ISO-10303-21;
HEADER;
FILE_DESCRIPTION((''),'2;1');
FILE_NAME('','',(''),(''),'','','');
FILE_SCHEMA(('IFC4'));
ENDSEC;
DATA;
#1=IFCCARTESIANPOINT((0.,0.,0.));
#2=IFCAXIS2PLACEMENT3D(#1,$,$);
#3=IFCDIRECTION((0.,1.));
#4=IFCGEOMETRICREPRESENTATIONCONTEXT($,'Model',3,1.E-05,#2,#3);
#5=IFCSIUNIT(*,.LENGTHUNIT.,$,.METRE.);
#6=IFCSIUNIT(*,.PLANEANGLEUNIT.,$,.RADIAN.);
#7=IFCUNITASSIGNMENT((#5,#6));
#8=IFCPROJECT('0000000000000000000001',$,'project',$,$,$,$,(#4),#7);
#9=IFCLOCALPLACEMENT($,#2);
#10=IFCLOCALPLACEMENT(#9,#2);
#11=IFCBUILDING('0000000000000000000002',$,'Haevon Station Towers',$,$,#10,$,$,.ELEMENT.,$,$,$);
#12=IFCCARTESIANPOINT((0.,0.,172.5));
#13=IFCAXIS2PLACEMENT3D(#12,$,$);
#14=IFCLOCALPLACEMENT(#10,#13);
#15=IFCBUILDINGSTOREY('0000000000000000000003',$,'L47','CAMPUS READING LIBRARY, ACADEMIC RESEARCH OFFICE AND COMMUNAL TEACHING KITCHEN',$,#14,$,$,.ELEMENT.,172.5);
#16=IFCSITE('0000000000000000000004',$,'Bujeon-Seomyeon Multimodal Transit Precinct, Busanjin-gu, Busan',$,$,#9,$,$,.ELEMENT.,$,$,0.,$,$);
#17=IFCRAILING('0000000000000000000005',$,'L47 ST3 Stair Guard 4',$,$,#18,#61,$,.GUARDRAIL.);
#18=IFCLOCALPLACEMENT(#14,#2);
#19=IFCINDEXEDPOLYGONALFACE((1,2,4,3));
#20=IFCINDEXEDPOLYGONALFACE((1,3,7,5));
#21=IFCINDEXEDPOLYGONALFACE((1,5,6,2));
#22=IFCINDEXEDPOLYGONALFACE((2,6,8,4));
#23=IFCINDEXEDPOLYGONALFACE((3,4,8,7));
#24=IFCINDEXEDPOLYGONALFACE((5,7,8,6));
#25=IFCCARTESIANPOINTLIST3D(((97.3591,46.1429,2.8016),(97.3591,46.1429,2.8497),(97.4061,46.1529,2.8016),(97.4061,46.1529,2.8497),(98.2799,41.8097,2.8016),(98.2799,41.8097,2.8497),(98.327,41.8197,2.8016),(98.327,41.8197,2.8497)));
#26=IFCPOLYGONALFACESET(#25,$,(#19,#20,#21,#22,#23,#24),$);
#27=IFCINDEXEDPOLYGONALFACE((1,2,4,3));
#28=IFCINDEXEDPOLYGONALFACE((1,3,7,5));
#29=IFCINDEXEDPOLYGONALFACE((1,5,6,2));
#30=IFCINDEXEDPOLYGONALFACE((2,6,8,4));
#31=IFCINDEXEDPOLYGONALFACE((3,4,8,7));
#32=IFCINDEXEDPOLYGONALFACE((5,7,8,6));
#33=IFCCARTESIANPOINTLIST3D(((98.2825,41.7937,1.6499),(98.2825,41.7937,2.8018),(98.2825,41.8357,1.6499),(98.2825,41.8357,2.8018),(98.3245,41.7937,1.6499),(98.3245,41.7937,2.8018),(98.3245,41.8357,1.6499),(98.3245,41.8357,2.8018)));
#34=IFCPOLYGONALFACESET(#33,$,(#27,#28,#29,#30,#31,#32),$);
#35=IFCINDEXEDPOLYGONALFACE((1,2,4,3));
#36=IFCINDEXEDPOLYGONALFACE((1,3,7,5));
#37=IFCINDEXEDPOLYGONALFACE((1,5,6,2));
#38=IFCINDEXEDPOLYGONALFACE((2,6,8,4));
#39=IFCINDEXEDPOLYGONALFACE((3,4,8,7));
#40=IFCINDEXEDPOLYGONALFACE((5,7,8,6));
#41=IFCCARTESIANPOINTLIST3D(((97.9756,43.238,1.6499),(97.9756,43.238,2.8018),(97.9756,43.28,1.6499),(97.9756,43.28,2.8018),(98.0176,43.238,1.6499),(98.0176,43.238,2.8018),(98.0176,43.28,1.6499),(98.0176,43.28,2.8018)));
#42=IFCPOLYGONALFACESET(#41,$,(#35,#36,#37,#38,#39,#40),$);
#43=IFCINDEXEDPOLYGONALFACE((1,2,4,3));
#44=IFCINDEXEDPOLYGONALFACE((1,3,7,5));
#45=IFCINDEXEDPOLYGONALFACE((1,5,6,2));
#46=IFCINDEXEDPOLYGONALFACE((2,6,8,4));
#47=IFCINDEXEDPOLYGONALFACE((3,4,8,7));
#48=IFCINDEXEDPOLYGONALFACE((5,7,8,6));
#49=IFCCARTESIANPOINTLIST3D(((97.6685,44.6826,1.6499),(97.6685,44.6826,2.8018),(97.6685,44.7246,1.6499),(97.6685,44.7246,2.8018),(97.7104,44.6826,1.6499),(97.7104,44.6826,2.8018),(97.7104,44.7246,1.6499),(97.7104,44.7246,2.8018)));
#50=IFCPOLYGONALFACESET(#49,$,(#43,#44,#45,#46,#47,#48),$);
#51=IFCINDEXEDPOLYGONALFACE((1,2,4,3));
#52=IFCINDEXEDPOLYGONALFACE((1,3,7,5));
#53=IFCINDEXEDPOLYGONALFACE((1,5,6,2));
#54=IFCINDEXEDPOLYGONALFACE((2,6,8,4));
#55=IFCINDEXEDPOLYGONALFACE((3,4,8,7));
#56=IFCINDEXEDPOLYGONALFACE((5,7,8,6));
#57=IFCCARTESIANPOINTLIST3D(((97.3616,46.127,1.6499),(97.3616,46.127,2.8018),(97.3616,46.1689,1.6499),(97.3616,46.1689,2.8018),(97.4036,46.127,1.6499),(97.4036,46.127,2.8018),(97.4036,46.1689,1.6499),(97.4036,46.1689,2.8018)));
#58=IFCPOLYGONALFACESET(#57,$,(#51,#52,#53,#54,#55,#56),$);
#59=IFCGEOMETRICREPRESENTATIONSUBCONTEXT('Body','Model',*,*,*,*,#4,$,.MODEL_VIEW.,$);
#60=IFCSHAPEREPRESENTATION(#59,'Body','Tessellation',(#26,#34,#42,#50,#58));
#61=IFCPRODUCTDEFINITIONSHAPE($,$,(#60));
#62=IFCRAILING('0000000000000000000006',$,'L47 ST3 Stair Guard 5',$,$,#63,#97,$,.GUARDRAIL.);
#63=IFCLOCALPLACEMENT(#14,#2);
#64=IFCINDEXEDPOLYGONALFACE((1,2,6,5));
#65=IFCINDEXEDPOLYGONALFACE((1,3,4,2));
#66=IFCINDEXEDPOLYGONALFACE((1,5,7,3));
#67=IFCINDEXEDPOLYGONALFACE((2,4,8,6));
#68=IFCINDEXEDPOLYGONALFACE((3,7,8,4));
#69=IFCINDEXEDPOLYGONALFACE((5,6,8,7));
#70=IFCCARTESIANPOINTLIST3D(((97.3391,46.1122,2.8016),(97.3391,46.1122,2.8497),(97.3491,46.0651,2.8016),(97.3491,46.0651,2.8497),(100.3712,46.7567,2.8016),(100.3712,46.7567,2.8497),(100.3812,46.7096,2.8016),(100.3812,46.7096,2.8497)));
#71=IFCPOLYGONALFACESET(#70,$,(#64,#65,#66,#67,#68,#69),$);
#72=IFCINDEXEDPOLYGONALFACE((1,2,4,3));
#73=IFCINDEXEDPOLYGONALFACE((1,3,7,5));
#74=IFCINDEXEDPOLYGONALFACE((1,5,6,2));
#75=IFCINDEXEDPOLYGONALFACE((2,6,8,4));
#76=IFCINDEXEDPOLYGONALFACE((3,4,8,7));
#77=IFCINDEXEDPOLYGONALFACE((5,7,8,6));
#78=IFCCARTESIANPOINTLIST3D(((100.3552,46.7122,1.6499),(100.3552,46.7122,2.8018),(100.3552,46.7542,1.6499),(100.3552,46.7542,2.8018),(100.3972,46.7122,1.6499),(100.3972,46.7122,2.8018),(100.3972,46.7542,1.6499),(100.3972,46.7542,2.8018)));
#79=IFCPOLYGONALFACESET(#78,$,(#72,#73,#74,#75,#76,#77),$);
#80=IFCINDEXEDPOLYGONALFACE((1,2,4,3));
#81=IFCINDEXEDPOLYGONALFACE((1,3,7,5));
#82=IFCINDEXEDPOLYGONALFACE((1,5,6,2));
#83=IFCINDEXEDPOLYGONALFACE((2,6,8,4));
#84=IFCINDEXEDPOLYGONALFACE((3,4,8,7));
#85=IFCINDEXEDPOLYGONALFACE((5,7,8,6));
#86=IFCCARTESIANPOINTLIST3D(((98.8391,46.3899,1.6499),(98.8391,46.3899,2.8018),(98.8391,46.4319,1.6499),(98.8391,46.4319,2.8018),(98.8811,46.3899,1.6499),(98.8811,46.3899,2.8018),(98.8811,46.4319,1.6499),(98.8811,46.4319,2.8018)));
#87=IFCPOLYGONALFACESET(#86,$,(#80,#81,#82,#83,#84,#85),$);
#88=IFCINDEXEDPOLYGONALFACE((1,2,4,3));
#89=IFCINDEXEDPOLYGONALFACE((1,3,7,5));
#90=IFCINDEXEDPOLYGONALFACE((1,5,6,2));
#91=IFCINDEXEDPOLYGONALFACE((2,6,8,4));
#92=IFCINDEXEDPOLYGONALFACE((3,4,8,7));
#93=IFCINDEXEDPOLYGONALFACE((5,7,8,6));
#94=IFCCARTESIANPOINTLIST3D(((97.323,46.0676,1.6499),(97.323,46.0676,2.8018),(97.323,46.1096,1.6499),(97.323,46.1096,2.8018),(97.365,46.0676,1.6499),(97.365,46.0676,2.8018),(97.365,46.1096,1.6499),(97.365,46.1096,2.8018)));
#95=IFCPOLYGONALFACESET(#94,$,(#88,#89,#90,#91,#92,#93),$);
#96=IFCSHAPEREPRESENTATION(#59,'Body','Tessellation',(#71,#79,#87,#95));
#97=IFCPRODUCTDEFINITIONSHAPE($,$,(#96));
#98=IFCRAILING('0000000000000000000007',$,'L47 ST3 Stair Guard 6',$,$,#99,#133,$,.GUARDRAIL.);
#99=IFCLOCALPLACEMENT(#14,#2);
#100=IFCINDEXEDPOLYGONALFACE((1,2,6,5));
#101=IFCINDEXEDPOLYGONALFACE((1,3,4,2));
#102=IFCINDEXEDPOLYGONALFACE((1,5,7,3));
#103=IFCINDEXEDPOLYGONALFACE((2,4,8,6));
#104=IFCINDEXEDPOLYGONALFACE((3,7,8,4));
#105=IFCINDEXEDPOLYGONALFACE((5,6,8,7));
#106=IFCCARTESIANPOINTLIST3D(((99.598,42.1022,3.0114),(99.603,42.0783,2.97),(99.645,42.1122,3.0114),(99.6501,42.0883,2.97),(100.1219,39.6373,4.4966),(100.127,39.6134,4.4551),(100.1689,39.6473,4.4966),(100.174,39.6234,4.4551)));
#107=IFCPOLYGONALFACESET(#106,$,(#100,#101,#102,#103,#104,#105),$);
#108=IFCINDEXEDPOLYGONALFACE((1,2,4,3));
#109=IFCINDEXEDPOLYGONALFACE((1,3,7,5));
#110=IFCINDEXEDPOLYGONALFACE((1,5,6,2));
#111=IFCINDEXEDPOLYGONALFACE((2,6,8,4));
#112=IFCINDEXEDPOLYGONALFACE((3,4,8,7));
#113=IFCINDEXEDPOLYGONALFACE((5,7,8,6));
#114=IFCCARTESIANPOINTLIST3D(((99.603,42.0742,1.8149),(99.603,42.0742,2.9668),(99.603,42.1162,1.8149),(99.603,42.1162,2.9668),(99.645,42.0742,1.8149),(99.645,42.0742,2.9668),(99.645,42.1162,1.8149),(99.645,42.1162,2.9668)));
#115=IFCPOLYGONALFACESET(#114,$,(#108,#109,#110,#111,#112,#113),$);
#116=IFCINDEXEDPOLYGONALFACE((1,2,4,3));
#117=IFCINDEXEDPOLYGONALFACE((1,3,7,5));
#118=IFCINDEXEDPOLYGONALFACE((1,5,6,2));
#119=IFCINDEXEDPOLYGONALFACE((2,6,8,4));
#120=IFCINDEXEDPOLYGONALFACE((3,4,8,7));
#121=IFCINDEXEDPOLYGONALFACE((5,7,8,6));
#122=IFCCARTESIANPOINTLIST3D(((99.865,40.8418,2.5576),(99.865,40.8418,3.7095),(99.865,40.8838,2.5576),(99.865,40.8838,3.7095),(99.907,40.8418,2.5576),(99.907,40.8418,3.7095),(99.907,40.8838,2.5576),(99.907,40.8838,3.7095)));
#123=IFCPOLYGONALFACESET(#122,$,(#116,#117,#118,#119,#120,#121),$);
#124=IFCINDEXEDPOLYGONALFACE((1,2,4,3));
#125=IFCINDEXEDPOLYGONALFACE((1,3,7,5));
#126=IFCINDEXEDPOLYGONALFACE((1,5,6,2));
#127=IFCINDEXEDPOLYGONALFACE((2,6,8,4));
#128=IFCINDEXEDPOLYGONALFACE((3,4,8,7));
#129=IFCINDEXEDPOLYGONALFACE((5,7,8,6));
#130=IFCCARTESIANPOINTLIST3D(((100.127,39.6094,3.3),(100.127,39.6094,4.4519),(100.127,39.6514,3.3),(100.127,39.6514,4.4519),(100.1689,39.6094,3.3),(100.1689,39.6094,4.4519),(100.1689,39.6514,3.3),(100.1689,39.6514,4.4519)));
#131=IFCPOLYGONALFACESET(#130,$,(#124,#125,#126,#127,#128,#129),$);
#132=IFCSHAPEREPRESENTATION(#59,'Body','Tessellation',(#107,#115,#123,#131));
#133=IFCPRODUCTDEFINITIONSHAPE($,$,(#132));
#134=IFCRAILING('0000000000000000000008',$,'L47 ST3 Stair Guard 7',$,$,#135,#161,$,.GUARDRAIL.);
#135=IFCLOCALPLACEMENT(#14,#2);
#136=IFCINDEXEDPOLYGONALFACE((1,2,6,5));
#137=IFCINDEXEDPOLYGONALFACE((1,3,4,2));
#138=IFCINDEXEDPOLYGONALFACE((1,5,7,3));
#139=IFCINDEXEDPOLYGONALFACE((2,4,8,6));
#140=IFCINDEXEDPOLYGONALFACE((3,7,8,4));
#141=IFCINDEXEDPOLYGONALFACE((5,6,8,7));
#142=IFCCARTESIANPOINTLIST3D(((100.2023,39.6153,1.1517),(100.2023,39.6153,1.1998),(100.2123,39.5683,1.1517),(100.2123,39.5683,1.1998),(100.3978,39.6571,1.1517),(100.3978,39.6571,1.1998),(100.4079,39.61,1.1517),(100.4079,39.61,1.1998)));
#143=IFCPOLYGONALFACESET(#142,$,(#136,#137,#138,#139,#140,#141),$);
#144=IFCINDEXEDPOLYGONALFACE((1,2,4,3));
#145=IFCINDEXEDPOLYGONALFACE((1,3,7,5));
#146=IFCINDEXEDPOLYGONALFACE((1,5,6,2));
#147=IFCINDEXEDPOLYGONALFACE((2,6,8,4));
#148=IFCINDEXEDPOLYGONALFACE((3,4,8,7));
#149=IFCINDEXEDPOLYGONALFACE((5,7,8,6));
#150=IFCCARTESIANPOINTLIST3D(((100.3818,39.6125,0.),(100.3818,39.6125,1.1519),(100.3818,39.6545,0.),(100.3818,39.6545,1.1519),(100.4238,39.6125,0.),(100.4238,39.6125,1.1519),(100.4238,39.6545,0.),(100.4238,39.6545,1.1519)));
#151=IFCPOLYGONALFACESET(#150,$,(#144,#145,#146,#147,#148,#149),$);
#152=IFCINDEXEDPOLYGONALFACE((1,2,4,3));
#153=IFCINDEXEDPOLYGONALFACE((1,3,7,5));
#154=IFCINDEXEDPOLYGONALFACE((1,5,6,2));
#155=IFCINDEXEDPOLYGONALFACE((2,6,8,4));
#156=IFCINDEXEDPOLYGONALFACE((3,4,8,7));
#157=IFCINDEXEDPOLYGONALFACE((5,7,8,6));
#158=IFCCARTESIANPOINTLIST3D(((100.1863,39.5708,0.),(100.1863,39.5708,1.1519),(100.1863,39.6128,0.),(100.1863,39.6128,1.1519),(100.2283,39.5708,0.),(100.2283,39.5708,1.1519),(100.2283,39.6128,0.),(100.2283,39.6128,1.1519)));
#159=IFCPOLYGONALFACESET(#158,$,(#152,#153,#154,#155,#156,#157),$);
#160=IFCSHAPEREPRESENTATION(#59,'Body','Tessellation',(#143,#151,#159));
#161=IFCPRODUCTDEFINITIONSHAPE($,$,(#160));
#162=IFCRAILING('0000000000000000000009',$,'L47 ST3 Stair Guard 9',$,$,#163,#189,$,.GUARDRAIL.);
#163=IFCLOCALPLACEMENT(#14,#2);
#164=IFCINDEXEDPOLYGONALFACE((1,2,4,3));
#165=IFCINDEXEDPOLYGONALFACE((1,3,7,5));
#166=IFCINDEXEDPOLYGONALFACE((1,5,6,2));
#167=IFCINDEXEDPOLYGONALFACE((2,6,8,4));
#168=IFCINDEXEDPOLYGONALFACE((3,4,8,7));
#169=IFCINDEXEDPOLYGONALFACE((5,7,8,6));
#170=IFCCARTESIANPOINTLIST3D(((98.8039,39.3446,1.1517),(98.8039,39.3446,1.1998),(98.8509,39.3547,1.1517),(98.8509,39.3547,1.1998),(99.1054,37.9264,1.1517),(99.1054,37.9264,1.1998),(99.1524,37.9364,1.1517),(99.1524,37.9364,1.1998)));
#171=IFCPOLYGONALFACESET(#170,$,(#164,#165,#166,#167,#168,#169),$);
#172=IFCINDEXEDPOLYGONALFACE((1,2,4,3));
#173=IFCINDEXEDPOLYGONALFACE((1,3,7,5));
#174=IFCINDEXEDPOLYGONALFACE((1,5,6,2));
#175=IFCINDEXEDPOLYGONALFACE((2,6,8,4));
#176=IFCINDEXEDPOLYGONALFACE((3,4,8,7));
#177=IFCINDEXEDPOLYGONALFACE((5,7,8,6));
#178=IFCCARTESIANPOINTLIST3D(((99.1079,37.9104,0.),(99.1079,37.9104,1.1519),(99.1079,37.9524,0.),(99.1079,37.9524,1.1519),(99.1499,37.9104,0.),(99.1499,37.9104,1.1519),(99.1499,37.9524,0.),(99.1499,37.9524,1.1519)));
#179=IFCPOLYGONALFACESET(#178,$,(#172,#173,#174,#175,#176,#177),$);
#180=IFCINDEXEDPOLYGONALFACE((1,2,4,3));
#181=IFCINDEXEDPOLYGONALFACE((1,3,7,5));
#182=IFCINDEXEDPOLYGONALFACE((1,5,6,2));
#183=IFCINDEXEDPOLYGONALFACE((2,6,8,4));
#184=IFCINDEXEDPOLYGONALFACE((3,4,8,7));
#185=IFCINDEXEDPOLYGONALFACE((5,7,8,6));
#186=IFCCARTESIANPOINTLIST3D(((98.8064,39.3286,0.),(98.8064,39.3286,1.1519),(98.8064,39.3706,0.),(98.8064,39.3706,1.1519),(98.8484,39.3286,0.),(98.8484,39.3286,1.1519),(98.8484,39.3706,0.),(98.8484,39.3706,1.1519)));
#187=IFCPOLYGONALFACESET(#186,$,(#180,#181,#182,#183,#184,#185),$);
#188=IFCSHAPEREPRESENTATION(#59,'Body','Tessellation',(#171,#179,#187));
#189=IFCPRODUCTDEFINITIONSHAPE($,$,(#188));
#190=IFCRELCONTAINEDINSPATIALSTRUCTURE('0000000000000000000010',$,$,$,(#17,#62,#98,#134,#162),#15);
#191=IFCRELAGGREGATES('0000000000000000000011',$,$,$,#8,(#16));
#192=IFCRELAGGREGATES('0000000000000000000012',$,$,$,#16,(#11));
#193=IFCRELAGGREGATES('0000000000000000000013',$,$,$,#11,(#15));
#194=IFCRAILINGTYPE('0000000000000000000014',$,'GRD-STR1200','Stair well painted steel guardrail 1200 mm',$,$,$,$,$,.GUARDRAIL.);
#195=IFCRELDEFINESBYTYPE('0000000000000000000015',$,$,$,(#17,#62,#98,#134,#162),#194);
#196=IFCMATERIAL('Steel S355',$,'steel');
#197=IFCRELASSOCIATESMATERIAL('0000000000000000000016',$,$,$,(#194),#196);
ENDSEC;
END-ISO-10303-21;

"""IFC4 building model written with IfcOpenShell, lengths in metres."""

from ifc_helpers import new_model, si_unit, direction, frame, origin, origin_2d, place, context, subcontext, project, spatial, rectangle, extrude, material, type_object, element, save


model = new_model("IFC4")

# Units and contexts
model_context = context("Model", 3, precision=1e-05, world=origin(), true_north=direction((0.0, 1.0)))
body_context = subcontext(model_context, "Body", "Model", "MODEL_VIEW")
ifc_project = project(units=[si_unit("LENGTHUNIT", "METRE"), si_unit("PLANEANGLEUNIT", "RADIAN")], contexts=[model_context])

# Site, building, storey
site_placement = place(None, origin())
site = spatial("IfcSite", under=ifc_project, at=site_placement, Name="Bujeon-Seomyeon Multimodal Transit Precinct, Busanjin-gu, Busan", CompositionType="ELEMENT", RefElevation=0.0)
building_placement = place(site_placement, origin())
building = spatial("IfcBuilding", under=site, at=building_placement, Name="Haevon Station Towers", CompositionType="ELEMENT")
storey_placement = place(building_placement, frame((0.0, 0.0, 172.5)))
storey = spatial("IfcBuildingStorey", under=building, at=storey_placement, Name="L47", Description="CAMPUS READING LIBRARY, ACADEMIC RESEARCH OFFICE AND COMMUNAL TEACHING KITCHEN", CompositionType="ELEMENT", Elevation=172.5)

# Shared definitions
ifc_material_1 = material(Name="Steel S355", Category="steel")

# Railings
railing_type_1 = type_object("IfcRailingType", Name="GRD-STR1200", Description="Stair well painted steel guardrail 1200 mm", PredefinedType="GUARDRAIL", material=ifc_material_1)
railing_1_placement = place(storey_placement, frame((98.3035, 41.8147, 1.6499)))
element("IfcRailing", 1, at=railing_1_placement, inside=storey, type_object=railing_type_1, Name="L47 ST3 Stair Guard 4", PredefinedType="GUARDRAIL", context=body_context, shape_type="SweptSolid", body=[
    extrude(rectangle(XDim=0.0481, YDim=0.0481, at=origin_2d()), frame((0.0, 0.0, 1.1758), z_axis=(-0.207877, 0.978155, 0.0), x_axis=(-0.978155, -0.207877, 0.0)), (0.0, 0.0, 1.0), 4.4299),
    extrude(rectangle(XDim=0.042, YDim=0.042, at=origin_2d()), origin(), (0.0, 0.0, 1.0), 1.1519),
    extrude(rectangle(XDim=0.042, YDim=0.042, at=origin_2d()), frame((-0.3069, 1.4443, 0.0)), (0.0, 0.0, 1.0), 1.1519),
    extrude(rectangle(XDim=0.042, YDim=0.042, at=origin_2d()), frame((-0.614, 2.8889, 0.0)), (0.0, 0.0, 1.0), 1.1519),
    extrude(rectangle(XDim=0.042, YDim=0.042, at=origin_2d()), frame((-0.9209, 4.3333, 0.0)), (0.0, 0.0, 1.0), 1.1519),
])
railing_2_placement = place(storey_placement, frame((100.3762, 46.7332, 1.6499)))
element("IfcRailing", 2, at=railing_2_placement, inside=storey, type_object=railing_type_1, Name="L47 ST3 Stair Guard 5", PredefinedType="GUARDRAIL", context=body_context, shape_type="SweptSolid", body=[
    extrude(rectangle(XDim=0.0481, YDim=0.0481, at=origin_2d()), frame((0.0, 0.0, 1.1758), z_axis=(-0.978147, -0.207915, 0.0), x_axis=(0.207915, -0.978147, 0.0)), (0.0, 0.0, 1.0), 3.0999),
    extrude(rectangle(XDim=0.042, YDim=0.042, at=origin_2d()), origin(), (0.0, 0.0, 1.0), 1.1519),
    extrude(rectangle(XDim=0.042, YDim=0.042, at=origin_2d()), frame((-1.5161, -0.3223, 0.0)), (0.0, 0.0, 1.0), 1.1519),
    extrude(rectangle(XDim=0.042, YDim=0.042, at=origin_2d()), frame((-3.0322, -0.6445, 0.0)), (0.0, 0.0, 1.0), 1.1519),
])
railing_3_placement = place(storey_placement, frame((99.624, 42.0952, 1.8149)))
element("IfcRailing", 3, at=railing_3_placement, inside=storey, type_object=railing_type_1, Name="L47 ST3 Stair Guard 6", PredefinedType="GUARDRAIL", context=body_context, shape_type="SweptSolid", body=[
    extrude(rectangle(XDim=0.0481, YDim=0.0481, at=origin_2d()), frame((0.0, 0.0, 1.1758), z_axis=(0.179121, -0.842688, 0.507733), x_axis=(0.978147, 0.207914, 0.0)), (0.0, 0.0, 1.0), 2.925),
    extrude(rectangle(XDim=0.042, YDim=0.042, at=origin_2d()), origin(), (0.0, 0.0, 1.0), 1.1519),
    extrude(rectangle(XDim=0.042, YDim=0.042, at=origin_2d()), frame((0.262, -1.2324, 0.7427)), (0.0, 0.0, 1.0), 1.1519),
    extrude(rectangle(XDim=0.042, YDim=0.042, at=origin_2d()), frame((0.5239, -2.4648, 1.4851)), (0.0, 0.0, 1.0), 1.1519),
])
railing_4_placement = place(storey_placement, frame((100.4028, 39.6335, 0.0)))
element("IfcRailing", 4, at=railing_4_placement, inside=storey, type_object=railing_type_1, Name="L47 ST3 Stair Guard 7", PredefinedType="GUARDRAIL", context=body_context, shape_type="SweptSolid", body=[
    extrude(rectangle(XDim=0.0481, YDim=0.0481, at=origin_2d()), frame((0.0, 0.0, 1.1758), z_axis=(-0.977963, -0.208779, 0.0), x_axis=(0.208779, -0.977963, 0.0)), (0.0, 0.0, 1.0), 0.2),
    extrude(rectangle(XDim=0.042, YDim=0.042, at=origin_2d()), origin(), (0.0, 0.0, 1.0), 1.1519),
    extrude(rectangle(XDim=0.042, YDim=0.042, at=origin_2d()), frame((-0.1956, -0.0417, 0.0)), (0.0, 0.0, 1.0), 1.1519),
])
railing_5_placement = place(storey_placement, frame((99.1289, 37.9314, 0.0)))
element("IfcRailing", 5, at=railing_5_placement, inside=storey, type_object=railing_type_1, Name="L47 ST3 Stair Guard 9", PredefinedType="GUARDRAIL", context=body_context, shape_type="SweptSolid", body=[
    extrude(rectangle(XDim=0.0481, YDim=0.0481, at=origin_2d()), frame((0.0, 0.0, 1.1758), z_axis=(-0.207953, 0.978139, 0.0), x_axis=(-0.978139, -0.207953, 0.0)), (0.0, 0.0, 1.0), 1.45),
    extrude(rectangle(XDim=0.042, YDim=0.042, at=origin_2d()), origin(), (0.0, 0.0, 1.0), 1.1519),
    extrude(rectangle(XDim=0.042, YDim=0.042, at=origin_2d()), frame((-0.3015, 1.4182, 0.0)), (0.0, 0.0, 1.0), 1.1519),
])

save(model, "model.ifc")
